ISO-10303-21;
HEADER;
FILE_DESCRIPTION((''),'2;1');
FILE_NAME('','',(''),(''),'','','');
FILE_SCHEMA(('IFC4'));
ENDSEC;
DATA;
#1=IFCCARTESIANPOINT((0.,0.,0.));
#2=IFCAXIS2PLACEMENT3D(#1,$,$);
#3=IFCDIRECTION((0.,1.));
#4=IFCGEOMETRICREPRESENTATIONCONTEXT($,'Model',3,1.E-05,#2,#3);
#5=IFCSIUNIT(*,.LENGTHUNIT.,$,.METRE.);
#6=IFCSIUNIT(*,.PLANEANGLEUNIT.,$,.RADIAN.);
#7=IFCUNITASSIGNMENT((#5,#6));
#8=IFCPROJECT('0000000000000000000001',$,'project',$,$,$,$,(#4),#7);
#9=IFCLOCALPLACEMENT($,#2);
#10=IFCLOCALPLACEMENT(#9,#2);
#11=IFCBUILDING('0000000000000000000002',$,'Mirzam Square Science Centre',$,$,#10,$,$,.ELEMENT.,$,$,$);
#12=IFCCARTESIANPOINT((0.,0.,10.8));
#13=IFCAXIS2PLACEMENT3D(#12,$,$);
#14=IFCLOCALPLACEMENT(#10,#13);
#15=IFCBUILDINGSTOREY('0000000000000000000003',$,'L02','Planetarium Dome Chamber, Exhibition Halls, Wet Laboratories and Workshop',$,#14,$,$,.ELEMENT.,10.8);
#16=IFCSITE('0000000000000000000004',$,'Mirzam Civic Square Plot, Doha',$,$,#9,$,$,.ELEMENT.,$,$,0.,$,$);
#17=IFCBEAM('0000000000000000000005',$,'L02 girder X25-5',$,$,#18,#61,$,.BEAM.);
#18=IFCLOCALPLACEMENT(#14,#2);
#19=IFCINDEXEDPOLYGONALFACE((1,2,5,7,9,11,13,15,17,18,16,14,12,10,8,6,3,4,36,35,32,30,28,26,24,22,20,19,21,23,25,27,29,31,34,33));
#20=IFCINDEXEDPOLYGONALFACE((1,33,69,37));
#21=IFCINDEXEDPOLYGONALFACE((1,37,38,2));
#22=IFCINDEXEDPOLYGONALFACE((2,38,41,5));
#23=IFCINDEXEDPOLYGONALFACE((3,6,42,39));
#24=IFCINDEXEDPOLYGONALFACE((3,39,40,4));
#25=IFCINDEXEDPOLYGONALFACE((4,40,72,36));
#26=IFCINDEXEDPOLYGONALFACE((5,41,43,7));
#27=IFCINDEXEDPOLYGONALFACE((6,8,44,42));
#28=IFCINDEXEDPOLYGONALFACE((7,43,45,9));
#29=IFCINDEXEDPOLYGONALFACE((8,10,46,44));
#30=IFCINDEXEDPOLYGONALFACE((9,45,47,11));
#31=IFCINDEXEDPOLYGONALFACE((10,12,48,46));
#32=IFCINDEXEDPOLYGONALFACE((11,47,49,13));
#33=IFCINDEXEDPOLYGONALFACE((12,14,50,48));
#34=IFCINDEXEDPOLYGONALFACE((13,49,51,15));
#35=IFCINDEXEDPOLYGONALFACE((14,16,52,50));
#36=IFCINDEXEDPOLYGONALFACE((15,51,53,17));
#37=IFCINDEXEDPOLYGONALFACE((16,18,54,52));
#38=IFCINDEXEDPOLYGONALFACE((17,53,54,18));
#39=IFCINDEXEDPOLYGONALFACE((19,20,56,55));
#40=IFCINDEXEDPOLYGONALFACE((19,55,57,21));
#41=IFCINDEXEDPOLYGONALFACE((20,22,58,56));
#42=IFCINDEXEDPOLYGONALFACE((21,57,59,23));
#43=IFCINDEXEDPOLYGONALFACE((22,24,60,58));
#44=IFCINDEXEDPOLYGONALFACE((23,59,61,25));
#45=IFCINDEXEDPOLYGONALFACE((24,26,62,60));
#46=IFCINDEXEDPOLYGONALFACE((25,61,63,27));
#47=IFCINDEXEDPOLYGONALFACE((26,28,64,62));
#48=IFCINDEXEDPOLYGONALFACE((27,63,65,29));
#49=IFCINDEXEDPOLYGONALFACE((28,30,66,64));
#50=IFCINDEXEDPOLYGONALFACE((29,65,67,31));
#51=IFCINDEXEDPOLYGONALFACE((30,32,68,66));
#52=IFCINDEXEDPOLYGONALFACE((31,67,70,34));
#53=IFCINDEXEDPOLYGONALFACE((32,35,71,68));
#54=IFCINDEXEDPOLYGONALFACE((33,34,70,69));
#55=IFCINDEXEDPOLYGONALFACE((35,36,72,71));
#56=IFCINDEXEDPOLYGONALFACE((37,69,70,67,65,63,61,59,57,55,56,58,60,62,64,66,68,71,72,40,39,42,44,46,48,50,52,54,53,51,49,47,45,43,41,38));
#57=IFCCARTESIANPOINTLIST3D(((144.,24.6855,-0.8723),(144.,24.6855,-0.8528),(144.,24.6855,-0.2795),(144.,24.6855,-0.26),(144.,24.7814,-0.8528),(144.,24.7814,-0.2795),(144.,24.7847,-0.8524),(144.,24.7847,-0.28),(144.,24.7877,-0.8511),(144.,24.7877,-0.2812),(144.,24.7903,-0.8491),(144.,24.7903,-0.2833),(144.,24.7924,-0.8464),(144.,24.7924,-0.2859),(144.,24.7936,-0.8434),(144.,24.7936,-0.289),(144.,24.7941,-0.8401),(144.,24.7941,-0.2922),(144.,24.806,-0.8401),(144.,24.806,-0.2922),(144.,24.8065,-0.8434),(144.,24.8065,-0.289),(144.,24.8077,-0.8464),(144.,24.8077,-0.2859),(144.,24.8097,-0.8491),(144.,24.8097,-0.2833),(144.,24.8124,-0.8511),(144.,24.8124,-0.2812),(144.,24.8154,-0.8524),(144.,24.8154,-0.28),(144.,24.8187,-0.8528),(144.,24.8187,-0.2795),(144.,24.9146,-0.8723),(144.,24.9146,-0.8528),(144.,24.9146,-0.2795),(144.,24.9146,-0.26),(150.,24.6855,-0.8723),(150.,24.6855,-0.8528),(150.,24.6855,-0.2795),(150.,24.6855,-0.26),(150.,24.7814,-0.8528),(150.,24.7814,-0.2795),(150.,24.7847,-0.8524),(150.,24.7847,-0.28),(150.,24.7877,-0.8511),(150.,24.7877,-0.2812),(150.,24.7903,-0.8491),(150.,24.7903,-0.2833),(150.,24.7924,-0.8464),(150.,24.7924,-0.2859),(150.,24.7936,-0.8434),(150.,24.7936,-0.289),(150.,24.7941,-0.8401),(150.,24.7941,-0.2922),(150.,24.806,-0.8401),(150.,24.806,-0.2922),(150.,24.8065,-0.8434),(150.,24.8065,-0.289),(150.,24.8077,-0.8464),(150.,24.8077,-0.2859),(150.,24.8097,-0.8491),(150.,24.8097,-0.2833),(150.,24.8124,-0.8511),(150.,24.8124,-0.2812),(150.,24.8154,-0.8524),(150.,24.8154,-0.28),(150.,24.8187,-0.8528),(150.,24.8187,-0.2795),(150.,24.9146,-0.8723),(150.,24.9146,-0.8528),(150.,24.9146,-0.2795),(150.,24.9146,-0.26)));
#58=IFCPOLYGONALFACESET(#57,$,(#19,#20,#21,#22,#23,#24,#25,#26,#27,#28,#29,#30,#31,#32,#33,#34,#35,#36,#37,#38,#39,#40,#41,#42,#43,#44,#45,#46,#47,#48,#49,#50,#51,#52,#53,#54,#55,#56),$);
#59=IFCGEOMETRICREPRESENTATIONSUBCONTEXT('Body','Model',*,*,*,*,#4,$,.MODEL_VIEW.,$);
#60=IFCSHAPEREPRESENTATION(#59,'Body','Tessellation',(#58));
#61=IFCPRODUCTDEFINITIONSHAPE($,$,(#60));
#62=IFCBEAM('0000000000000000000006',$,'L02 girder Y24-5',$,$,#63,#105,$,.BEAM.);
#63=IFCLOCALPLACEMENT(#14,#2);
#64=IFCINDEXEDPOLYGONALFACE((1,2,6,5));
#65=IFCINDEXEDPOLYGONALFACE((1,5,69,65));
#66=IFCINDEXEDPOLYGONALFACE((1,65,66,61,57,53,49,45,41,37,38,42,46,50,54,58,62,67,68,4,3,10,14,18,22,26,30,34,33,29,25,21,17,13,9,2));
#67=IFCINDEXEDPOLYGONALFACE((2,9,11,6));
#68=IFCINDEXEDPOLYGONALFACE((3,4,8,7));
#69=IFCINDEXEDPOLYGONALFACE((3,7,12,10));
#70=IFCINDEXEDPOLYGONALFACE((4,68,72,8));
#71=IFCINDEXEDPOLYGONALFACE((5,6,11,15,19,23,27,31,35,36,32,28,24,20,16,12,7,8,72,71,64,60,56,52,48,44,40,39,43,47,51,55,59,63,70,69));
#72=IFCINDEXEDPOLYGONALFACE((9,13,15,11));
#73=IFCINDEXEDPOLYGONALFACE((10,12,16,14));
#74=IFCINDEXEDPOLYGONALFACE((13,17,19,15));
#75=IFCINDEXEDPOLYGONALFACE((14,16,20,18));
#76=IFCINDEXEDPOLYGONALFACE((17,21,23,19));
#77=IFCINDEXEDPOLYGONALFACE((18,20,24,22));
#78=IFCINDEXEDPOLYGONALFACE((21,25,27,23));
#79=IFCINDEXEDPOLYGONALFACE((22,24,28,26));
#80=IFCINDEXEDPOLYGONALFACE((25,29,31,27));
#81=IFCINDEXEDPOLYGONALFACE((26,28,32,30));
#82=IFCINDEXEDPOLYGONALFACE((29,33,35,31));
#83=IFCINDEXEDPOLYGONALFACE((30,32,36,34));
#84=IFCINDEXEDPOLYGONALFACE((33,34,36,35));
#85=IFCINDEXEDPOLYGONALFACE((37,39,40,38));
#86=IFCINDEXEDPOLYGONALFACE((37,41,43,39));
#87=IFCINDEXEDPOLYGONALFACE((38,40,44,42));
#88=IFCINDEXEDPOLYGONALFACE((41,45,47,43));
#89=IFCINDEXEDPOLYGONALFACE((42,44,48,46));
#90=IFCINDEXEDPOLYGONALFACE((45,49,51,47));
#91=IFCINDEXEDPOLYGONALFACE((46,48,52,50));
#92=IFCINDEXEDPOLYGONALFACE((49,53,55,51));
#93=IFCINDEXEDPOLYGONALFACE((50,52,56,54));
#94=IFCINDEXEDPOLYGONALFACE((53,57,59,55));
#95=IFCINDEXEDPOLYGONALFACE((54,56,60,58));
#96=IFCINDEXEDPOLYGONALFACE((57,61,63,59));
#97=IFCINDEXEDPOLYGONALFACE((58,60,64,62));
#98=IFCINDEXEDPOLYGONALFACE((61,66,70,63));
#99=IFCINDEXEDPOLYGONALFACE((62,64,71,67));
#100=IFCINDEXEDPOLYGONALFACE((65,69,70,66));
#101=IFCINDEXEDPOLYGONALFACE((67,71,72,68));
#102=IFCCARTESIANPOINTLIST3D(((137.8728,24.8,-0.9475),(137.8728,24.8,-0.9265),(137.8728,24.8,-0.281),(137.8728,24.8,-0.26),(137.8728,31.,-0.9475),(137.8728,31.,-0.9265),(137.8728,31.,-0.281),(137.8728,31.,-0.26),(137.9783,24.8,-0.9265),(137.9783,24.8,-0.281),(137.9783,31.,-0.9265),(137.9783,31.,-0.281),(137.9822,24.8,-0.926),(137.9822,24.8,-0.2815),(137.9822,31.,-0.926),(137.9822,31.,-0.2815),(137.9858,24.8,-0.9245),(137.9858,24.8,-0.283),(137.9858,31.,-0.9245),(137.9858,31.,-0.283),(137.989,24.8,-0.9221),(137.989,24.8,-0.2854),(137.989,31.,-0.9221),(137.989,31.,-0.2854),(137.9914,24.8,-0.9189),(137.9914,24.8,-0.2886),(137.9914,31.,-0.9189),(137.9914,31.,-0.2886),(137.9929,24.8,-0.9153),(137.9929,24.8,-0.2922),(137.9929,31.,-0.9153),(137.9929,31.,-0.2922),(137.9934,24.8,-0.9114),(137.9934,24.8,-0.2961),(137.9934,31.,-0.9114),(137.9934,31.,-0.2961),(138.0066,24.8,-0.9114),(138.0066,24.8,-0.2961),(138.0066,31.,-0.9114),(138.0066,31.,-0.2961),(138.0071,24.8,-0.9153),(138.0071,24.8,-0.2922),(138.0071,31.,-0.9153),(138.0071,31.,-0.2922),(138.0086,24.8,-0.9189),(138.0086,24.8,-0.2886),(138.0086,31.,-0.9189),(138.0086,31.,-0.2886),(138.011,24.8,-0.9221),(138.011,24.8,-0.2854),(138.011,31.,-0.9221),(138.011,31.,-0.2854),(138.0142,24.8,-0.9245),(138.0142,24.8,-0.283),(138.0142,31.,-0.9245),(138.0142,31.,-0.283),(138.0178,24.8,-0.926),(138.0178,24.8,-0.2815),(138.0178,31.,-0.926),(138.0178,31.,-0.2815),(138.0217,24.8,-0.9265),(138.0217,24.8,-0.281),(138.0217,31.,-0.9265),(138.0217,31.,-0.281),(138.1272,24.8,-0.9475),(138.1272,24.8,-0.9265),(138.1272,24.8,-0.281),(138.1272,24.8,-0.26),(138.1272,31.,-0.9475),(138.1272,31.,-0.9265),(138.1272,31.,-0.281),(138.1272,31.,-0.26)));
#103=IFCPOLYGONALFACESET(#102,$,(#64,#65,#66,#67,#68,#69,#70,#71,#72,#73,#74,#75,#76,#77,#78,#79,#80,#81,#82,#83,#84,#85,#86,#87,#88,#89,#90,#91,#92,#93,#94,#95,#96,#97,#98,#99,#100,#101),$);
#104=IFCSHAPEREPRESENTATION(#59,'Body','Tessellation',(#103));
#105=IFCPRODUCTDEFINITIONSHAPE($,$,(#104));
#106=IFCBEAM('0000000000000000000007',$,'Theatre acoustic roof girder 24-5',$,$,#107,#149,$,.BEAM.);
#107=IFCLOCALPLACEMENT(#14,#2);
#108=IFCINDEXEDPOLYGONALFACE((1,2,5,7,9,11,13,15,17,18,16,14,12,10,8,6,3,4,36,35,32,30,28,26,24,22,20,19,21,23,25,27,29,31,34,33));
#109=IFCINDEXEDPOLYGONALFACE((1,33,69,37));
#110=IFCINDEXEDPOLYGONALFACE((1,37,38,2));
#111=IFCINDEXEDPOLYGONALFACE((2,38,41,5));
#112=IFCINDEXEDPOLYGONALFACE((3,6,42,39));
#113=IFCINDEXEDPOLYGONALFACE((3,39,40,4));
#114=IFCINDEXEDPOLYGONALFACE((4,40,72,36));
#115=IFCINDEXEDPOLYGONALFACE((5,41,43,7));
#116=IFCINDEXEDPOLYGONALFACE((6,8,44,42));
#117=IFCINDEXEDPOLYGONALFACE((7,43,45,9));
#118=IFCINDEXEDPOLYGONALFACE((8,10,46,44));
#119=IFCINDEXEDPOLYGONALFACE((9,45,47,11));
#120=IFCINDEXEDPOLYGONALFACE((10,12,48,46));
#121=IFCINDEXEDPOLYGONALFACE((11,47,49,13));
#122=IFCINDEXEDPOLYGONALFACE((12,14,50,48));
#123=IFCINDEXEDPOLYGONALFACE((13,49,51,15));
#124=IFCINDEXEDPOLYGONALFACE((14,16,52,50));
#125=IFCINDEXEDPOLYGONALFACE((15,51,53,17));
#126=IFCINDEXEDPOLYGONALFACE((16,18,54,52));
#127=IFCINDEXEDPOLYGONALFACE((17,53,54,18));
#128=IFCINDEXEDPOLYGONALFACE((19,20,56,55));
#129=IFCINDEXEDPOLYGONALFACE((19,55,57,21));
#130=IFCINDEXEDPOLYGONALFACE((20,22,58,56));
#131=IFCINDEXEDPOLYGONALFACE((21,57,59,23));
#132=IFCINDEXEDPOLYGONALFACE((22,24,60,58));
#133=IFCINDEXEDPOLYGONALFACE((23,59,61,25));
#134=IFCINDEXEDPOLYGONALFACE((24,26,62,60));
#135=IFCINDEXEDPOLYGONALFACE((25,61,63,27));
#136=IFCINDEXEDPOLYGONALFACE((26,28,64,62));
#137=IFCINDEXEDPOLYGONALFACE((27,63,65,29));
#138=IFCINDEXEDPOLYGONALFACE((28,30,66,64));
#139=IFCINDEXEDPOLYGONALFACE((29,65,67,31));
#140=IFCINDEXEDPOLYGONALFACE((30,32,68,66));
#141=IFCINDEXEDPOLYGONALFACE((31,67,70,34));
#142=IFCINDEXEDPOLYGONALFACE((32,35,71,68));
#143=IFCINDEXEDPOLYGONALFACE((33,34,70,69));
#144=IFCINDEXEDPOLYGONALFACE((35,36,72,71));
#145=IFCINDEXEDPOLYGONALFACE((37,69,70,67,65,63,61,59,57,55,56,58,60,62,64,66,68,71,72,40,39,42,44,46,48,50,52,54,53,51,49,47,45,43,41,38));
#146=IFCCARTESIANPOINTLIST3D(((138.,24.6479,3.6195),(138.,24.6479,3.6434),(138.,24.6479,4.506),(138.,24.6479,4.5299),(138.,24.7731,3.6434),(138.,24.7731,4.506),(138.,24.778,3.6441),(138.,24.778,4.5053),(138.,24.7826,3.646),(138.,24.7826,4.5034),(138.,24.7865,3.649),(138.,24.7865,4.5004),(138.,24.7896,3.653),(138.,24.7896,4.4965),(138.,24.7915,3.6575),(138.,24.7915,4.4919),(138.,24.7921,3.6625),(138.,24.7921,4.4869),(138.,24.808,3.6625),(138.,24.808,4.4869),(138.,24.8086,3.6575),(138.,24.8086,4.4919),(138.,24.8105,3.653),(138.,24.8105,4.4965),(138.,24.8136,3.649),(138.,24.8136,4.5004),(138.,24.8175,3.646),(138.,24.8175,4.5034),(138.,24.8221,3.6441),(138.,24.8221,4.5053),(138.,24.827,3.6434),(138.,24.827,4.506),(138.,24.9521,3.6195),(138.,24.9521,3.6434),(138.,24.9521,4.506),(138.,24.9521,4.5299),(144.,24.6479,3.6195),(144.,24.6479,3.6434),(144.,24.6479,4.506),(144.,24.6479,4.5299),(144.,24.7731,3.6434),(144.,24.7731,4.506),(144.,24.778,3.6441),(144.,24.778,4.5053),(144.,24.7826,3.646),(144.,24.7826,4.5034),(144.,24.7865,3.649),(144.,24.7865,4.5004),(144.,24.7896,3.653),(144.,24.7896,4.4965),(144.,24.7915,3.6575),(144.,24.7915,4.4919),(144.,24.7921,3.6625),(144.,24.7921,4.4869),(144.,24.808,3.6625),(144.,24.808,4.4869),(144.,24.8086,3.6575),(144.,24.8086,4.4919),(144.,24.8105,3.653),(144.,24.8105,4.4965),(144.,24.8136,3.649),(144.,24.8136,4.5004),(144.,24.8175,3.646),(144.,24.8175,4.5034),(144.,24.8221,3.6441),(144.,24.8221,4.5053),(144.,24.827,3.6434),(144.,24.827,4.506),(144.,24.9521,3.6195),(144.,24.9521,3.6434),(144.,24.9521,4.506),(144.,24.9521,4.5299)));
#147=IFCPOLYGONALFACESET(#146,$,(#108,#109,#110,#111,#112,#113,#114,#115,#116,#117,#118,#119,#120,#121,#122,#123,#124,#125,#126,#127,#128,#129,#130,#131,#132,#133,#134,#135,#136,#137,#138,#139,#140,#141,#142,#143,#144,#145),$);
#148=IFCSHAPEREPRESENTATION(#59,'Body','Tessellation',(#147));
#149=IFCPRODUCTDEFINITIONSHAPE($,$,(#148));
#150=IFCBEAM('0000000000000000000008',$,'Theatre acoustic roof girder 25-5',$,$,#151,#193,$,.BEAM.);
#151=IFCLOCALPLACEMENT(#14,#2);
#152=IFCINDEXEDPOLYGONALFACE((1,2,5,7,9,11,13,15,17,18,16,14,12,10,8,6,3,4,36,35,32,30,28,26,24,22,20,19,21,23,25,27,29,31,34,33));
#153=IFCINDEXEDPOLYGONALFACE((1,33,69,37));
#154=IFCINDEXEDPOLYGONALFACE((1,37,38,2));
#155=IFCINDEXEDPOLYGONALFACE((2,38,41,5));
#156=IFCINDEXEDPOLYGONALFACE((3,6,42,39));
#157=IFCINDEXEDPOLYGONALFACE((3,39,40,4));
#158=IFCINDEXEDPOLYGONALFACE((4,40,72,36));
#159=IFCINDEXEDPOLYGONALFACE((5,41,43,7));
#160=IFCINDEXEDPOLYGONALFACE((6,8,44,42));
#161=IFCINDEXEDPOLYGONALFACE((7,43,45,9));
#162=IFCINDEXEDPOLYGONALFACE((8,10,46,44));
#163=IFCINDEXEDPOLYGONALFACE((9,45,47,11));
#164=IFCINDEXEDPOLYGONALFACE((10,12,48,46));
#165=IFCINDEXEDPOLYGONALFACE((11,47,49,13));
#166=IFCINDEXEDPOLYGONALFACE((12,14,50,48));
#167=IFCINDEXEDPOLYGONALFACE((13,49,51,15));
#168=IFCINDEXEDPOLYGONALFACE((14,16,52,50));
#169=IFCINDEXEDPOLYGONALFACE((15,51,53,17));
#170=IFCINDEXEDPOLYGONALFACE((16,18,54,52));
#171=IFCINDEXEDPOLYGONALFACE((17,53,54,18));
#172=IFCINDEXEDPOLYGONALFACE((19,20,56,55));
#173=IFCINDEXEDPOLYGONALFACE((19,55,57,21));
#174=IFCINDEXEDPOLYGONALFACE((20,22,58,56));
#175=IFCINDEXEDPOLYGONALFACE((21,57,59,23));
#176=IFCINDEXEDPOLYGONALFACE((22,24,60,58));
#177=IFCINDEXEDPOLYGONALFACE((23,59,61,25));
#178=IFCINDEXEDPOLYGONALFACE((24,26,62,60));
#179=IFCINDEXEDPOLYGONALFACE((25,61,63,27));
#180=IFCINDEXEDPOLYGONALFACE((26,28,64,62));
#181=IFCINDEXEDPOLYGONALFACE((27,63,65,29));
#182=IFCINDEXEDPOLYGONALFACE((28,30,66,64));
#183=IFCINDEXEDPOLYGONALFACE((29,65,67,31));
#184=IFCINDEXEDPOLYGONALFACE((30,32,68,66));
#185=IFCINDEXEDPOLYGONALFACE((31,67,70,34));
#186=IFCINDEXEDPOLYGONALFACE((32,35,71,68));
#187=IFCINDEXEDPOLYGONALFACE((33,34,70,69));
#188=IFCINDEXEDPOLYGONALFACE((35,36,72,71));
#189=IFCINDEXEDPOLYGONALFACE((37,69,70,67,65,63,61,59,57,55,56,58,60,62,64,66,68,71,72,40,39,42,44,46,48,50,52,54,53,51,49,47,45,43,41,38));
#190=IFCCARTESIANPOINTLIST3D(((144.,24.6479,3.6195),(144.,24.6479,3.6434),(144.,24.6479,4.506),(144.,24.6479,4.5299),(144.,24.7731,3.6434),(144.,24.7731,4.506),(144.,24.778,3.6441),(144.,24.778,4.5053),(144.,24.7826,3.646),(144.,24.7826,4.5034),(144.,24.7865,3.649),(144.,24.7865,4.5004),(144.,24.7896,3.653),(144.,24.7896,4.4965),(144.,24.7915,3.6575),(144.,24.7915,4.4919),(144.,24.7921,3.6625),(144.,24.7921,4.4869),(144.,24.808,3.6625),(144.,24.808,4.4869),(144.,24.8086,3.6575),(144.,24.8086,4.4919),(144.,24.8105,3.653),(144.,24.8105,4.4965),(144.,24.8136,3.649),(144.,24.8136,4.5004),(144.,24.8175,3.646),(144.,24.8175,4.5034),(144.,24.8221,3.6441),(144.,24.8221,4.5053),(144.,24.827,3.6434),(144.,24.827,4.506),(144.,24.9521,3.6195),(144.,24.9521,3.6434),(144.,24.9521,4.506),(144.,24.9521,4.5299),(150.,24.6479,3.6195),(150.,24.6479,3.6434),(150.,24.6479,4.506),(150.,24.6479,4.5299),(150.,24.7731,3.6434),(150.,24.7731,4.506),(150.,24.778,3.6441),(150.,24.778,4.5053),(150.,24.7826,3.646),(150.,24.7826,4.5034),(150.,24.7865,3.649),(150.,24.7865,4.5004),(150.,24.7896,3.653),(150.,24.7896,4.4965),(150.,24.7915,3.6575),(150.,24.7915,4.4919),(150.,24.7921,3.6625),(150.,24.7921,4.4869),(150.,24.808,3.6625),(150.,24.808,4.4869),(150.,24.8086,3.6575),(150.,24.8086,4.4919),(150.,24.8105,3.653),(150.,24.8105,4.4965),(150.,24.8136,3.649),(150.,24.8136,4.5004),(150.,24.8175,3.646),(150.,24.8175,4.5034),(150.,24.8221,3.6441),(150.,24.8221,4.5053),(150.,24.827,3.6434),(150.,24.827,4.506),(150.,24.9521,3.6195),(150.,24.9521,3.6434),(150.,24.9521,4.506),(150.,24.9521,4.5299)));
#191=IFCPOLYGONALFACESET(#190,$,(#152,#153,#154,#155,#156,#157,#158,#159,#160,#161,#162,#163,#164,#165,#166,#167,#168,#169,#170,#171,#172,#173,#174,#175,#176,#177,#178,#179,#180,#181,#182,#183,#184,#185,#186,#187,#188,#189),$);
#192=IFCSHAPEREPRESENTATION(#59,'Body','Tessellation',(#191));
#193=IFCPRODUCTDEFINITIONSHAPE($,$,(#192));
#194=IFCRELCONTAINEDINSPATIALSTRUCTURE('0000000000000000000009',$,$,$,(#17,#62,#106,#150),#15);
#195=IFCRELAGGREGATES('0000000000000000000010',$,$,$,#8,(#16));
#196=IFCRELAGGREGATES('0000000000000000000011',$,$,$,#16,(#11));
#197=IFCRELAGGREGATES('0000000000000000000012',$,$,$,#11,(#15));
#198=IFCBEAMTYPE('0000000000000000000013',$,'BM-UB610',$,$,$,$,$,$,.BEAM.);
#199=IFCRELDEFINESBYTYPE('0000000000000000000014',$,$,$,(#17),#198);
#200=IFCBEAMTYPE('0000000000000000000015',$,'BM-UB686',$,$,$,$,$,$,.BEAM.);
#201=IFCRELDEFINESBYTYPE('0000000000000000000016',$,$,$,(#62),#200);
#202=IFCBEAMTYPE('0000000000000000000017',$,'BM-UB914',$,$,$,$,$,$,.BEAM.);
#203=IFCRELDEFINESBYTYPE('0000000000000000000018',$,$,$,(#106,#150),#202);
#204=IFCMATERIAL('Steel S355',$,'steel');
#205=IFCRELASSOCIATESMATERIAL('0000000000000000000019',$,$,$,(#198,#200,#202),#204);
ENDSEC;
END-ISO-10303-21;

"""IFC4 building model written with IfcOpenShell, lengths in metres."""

from ifc_helpers import new_model, si_unit, direction, frame, origin, origin_2d, place, context, subcontext, project, spatial, i_section, extrude, material, material_profile, profile_set, type_object, element, save


model = new_model("IFC4")

# Units and contexts
model_context = context("Model", 3, precision=1e-05, world=origin(), true_north=direction((0.0, 1.0)))
body_context = subcontext(model_context, "Body", "Model", "MODEL_VIEW")
ifc_project = project(units=[si_unit("LENGTHUNIT", "METRE"), si_unit("PLANEANGLEUNIT", "RADIAN")], contexts=[model_context])

# Site, building, storey
site_placement = place(None, origin())
site = spatial("IfcSite", under=ifc_project, at=site_placement, Name="Mirzam Civic Square Plot, Doha", CompositionType="ELEMENT", RefElevation=0.0)
building_placement = place(site_placement, origin())
building = spatial("IfcBuilding", under=site, at=building_placement, Name="Mirzam Square Science Centre", CompositionType="ELEMENT")
storey_placement = place(building_placement, frame((0.0, 0.0, 10.8)))
storey = spatial("IfcBuildingStorey", under=building, at=storey_placement, Name="L02", Description="Planetarium Dome Chamber, Exhibition Halls, Wet Laboratories and Workshop", CompositionType="ELEMENT", Elevation=10.8)

# Shared definitions
ifc_material_1 = material(Name="Steel S355", Category="steel")

# Beams
ifc_material_profile_1 = material_profile(ifc_material_1, i_section(OverallWidth=0.229, OverallDepth=0.6123, WebThickness=0.012, FlangeThickness=0.0195, FilletRadius=0.0127, at=origin_2d()), Name="610x229x125UB")
ifc_profile_set_1 = profile_set([ifc_material_profile_1], Name="Steel S355")
beam_type_1 = type_object("IfcBeamType", Name="BM-UB610", PredefinedType="BEAM", material=ifc_profile_set_1)
beam_1_placement = place(storey_placement, frame((144.0, 24.8, -0.5662), z_axis=(1.0, 0.0, 0.0), x_axis=(0.0, 1.0, 0.0)))
element("IfcBeam", 1, at=beam_1_placement, inside=storey, type_object=beam_type_1, Name="L02 girder X25-5", PredefinedType="BEAM", context=body_context, shape_type="SweptSolid", body=[
    extrude(i_section(OverallWidth=0.229, OverallDepth=0.6123, WebThickness=0.012, FlangeThickness=0.0195, FilletRadius=0.0127, at=origin_2d()), origin(), (0.0, 0.0, 1.0), 6.0),
])
ifc_material_profile_2 = material_profile(ifc_material_1, i_section(OverallWidth=0.2544, OverallDepth=0.6875, WebThickness=0.0132, FlangeThickness=0.021, FilletRadius=0.0151, at=origin_2d()), Name="686x254x152UB")
ifc_profile_set_2 = profile_set([ifc_material_profile_2], Name="Steel S355")
beam_type_2 = type_object("IfcBeamType", Name="BM-UB686", PredefinedType="BEAM", material=ifc_profile_set_2)
beam_2_placement = place(storey_placement, frame((138.0, 24.8, -0.6038), z_axis=(0.0, 1.0, 0.0), x_axis=(-1.0, 0.0, 0.0)))
element("IfcBeam", 2, at=beam_2_placement, inside=storey, type_object=beam_type_2, Name="L02 girder Y24-5", PredefinedType="BEAM", context=body_context, shape_type="SweptSolid", body=[
    extrude(i_section(OverallWidth=0.2544, OverallDepth=0.6875, WebThickness=0.0132, FlangeThickness=0.021, FilletRadius=0.0151, at=origin_2d()), origin(), (0.0, 0.0, 1.0), 6.2),
])
ifc_material_profile_3 = material_profile(ifc_material_1, i_section(OverallWidth=0.3042, OverallDepth=0.9104, WebThickness=0.0159, FlangeThickness=0.0239, FilletRadius=0.019, at=origin_2d()), Name="914x305x224UB")
ifc_profile_set_3 = profile_set([ifc_material_profile_3], Name="Steel S355")
beam_type_3 = type_object("IfcBeamType", Name="BM-UB914", PredefinedType="BEAM", material=ifc_profile_set_3)
for number, where, z_axis, x_axis, name in (
    (3, (138.0, 24.8, 4.0747), (1.0, 0.0, 0.0), (0.0, 1.0, 0.0), "Theatre acoustic roof girder 24-5"),
    (4, (144.0, 24.8, 4.0747), (1.0, 0.0, 0.0), (0.0, 1.0, 0.0), "Theatre acoustic roof girder 25-5"),
):
    element("IfcBeam", number, at=place(storey_placement, frame(where, z_axis=z_axis, x_axis=x_axis)), inside=storey, type_object=beam_type_3, Name=name, PredefinedType="BEAM", context=body_context, shape_type="SweptSolid", body=[
        extrude(i_section(OverallWidth=0.3042, OverallDepth=0.9104, WebThickness=0.0159, FlangeThickness=0.0239, FilletRadius=0.019, at=origin_2d()), origin(), (0.0, 0.0, 1.0), 6.0),
    ])

save(model, "model.ifc")
